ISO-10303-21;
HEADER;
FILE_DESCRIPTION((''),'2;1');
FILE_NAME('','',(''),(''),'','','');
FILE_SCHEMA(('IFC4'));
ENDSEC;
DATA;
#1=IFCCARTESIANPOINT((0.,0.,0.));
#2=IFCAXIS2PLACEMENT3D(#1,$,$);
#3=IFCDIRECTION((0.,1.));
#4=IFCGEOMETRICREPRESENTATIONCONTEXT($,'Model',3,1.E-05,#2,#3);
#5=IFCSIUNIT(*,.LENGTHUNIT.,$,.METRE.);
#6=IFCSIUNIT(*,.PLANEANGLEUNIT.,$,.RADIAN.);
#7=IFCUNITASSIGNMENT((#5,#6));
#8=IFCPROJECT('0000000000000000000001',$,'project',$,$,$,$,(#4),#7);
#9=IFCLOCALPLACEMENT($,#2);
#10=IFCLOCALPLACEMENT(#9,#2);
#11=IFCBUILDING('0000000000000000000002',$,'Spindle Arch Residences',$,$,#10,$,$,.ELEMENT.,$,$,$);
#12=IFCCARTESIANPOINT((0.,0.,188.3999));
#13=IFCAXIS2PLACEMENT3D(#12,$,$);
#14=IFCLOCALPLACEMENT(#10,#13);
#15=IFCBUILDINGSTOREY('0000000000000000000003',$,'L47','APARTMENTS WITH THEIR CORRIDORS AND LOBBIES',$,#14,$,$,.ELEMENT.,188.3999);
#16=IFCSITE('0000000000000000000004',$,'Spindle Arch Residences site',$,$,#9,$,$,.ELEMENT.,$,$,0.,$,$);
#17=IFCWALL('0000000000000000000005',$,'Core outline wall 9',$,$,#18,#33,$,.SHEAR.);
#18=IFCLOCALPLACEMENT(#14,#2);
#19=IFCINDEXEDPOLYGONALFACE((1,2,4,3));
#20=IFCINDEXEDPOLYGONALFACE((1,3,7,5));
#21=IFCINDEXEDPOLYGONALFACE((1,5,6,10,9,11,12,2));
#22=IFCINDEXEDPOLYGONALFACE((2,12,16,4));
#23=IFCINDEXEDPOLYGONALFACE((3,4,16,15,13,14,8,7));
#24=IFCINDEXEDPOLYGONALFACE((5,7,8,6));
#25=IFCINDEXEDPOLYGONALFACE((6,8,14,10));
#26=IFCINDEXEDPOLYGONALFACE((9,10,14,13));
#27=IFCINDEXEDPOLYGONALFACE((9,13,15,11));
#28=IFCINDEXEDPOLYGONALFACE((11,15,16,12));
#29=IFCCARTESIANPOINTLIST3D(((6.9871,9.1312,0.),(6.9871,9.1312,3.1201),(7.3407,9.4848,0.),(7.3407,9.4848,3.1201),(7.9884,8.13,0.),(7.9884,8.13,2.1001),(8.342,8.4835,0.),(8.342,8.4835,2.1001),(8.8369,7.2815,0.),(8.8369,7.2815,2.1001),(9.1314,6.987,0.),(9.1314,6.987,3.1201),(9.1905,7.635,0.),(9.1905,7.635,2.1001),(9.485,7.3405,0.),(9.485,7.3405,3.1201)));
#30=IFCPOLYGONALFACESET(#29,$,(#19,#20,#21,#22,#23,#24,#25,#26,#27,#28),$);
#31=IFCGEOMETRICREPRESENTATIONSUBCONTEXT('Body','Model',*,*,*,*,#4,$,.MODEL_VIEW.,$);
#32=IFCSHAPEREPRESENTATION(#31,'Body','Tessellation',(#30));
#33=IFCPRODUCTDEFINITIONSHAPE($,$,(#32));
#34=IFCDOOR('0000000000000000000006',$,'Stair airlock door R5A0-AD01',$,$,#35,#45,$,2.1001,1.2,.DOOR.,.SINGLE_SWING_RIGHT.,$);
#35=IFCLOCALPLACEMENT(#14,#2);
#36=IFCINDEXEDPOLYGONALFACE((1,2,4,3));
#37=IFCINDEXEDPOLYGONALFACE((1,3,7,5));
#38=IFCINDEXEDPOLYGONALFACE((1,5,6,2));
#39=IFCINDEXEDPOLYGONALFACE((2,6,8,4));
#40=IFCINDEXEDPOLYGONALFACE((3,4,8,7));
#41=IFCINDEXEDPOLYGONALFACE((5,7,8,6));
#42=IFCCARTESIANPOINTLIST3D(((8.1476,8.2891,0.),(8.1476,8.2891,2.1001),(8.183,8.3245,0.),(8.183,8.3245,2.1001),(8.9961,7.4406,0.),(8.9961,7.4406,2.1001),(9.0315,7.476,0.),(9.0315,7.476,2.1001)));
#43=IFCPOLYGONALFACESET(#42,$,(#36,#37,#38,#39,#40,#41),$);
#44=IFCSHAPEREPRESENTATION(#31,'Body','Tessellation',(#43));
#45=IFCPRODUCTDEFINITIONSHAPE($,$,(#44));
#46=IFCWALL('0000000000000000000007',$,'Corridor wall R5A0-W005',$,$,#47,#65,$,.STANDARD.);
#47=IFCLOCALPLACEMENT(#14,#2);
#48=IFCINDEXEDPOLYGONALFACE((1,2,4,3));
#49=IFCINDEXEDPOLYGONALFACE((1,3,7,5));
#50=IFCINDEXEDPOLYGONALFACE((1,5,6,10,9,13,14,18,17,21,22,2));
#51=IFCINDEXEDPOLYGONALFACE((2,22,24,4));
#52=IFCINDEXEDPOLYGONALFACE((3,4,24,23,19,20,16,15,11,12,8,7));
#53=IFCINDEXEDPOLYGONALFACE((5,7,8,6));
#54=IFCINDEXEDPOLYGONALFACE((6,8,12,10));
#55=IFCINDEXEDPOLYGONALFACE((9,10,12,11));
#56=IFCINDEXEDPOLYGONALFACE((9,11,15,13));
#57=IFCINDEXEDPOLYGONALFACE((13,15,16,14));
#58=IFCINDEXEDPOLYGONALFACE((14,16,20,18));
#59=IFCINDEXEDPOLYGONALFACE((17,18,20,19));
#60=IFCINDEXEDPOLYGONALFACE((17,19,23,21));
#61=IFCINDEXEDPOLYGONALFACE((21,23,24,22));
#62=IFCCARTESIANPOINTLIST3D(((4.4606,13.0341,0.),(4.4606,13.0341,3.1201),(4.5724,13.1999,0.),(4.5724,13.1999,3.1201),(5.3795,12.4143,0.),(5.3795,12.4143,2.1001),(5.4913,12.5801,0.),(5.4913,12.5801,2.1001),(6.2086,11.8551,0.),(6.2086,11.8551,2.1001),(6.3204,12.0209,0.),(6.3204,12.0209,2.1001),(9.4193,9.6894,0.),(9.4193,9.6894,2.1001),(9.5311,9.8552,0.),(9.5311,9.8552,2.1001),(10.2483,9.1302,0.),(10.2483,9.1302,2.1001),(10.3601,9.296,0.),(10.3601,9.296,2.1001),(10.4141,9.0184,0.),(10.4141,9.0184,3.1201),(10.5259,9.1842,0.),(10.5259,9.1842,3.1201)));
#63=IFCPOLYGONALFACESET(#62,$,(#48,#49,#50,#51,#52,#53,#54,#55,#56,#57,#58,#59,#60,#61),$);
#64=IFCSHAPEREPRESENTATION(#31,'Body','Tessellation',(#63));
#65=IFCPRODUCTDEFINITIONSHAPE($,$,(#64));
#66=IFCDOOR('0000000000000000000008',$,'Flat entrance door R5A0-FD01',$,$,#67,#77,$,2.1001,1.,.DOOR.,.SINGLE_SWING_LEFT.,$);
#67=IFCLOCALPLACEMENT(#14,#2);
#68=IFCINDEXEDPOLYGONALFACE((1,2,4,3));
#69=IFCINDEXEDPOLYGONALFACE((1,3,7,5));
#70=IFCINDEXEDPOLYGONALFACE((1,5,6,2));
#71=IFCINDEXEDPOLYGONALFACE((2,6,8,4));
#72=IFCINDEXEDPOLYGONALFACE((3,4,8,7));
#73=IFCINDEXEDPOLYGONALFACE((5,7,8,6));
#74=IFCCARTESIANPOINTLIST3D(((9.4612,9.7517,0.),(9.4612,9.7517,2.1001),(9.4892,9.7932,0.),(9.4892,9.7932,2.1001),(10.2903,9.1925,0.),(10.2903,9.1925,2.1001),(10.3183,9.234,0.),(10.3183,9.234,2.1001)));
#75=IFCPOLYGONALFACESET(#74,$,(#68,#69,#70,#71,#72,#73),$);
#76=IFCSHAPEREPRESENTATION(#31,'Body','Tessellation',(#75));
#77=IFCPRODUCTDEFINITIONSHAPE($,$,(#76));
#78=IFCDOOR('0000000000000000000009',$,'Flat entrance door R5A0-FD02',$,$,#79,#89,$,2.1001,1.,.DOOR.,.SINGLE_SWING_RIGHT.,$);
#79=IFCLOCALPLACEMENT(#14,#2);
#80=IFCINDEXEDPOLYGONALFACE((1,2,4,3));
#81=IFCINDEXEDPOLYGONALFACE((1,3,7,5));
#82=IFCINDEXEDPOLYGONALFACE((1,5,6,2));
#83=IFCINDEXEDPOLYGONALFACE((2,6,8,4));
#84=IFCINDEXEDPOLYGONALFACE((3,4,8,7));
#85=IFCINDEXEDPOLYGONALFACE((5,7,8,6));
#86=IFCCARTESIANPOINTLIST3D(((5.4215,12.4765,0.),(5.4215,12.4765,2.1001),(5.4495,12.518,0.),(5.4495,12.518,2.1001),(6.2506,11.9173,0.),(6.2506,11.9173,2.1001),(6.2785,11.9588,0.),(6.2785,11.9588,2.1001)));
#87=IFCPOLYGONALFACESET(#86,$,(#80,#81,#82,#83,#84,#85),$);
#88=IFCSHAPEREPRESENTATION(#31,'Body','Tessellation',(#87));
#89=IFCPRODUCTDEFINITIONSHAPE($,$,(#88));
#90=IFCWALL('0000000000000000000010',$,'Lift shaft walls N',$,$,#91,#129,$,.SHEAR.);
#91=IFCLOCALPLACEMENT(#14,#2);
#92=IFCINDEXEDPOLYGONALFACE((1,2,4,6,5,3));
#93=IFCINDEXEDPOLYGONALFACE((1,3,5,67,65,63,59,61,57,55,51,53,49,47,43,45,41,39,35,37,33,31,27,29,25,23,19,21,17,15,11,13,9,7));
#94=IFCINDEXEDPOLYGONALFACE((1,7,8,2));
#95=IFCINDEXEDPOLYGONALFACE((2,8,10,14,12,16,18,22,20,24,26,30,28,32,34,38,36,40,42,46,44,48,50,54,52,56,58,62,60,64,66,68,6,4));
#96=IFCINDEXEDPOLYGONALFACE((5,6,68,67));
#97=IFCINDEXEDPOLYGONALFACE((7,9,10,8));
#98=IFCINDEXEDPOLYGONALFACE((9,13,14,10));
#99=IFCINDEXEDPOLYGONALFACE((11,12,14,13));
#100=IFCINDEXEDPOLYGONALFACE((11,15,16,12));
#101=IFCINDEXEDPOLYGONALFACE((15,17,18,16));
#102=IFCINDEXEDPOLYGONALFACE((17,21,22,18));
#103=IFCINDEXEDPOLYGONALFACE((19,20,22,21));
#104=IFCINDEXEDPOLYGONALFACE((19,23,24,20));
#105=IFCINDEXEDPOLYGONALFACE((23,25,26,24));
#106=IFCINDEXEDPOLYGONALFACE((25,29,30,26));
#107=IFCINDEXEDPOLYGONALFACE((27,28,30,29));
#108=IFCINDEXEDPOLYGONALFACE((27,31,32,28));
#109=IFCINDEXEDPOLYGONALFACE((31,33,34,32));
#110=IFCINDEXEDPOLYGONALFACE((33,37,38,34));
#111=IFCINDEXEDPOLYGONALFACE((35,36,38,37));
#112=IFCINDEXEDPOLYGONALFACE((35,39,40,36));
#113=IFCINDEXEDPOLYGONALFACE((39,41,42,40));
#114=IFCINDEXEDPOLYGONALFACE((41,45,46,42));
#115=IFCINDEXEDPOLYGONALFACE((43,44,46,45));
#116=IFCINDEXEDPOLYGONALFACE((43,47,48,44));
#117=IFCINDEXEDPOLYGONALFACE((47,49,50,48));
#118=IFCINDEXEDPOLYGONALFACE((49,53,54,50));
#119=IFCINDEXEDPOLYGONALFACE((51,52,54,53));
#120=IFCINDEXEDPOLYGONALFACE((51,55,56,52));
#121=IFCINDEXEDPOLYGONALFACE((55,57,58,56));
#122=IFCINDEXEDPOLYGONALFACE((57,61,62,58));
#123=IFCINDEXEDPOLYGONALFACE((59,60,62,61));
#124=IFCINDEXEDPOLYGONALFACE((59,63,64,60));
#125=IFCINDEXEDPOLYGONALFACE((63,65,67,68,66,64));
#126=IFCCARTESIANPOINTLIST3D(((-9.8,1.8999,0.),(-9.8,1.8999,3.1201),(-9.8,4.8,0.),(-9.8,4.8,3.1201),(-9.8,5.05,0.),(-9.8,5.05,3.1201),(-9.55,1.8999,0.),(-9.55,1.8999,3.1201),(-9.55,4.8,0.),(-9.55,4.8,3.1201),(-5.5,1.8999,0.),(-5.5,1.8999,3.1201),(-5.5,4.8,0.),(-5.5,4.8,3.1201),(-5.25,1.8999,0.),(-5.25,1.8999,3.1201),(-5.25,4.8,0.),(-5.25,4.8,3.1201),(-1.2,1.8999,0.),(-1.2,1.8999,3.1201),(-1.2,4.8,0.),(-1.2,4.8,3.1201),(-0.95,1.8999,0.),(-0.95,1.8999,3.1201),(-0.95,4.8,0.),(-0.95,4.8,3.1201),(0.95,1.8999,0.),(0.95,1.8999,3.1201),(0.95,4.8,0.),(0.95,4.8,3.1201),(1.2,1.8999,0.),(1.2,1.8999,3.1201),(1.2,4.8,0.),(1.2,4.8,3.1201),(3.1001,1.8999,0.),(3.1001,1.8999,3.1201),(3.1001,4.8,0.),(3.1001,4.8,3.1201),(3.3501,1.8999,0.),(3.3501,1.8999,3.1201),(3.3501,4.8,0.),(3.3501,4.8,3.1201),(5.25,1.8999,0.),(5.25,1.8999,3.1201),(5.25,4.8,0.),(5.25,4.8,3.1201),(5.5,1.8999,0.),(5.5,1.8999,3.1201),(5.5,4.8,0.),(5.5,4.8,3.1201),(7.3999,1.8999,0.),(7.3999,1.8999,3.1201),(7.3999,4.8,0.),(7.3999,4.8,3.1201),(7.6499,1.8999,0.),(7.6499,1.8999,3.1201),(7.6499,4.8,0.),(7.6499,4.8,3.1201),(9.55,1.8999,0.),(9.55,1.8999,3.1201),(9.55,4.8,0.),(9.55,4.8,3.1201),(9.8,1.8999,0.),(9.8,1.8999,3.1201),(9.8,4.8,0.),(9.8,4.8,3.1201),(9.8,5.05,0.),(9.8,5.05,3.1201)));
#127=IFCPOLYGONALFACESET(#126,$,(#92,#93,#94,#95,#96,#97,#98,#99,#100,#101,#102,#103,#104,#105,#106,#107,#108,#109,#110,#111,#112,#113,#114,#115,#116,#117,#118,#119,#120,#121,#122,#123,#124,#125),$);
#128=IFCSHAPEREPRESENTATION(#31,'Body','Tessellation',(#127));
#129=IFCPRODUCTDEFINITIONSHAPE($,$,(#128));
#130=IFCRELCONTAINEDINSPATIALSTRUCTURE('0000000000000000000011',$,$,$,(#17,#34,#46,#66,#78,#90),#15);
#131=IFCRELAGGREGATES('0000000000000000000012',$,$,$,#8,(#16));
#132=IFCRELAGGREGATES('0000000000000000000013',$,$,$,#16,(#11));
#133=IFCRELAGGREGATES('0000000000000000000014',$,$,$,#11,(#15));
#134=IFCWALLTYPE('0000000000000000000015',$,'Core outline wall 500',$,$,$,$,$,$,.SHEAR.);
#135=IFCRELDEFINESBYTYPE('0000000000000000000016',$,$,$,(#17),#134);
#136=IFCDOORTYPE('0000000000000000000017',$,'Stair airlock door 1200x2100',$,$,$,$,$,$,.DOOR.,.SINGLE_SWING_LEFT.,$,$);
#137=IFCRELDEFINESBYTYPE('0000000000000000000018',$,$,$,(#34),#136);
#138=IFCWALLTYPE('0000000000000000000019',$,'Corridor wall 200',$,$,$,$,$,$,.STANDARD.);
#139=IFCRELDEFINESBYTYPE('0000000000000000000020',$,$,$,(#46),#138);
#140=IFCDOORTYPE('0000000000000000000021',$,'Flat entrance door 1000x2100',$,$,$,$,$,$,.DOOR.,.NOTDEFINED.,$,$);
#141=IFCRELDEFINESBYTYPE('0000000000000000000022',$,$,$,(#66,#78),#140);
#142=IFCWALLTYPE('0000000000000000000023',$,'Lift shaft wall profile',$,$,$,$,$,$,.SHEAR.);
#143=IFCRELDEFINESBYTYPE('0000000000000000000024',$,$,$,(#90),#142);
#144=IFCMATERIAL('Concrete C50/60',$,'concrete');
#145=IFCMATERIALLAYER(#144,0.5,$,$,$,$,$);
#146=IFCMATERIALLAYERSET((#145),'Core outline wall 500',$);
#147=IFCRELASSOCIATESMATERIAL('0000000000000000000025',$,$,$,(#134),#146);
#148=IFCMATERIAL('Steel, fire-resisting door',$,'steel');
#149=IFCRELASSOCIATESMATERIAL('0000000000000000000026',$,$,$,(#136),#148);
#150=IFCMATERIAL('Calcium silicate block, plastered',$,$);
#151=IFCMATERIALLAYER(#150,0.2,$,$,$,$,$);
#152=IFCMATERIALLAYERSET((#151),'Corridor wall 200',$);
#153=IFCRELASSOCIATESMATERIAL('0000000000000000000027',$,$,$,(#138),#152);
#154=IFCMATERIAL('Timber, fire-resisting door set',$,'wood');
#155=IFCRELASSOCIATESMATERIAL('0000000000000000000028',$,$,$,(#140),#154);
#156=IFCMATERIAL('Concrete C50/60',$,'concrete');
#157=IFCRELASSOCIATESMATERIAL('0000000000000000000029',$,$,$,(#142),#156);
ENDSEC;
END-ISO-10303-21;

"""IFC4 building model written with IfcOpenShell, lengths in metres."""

from ifc_helpers import new_model, si_unit, direction, frame, frame_2d, origin, place, context, subcontext, project, spatial, polyline, rectangle, outline, extrude, material, layer, layer_set, type_object, element, fill, save


model = new_model("IFC4")

# Units and contexts
model_context = context("Model", 3, precision=1e-05, world=origin(), true_north=direction((0.0, 1.0)))
body_context = subcontext(model_context, "Body", "Model", "MODEL_VIEW")
ifc_project = project(units=[si_unit("LENGTHUNIT", "METRE"), si_unit("PLANEANGLEUNIT", "RADIAN")], contexts=[model_context])

# Site, building, storey
site_placement = place(None, origin())
site = spatial("IfcSite", under=ifc_project, at=site_placement, Name="Spindle Arch Residences site", CompositionType="ELEMENT", RefElevation=0.0)
building_placement = place(site_placement, origin())
building = spatial("IfcBuilding", under=site, at=building_placement, Name="Spindle Arch Residences", CompositionType="ELEMENT")
storey_placement = place(building_placement, frame((0.0, 0.0, 188.3999)))
storey = spatial("IfcBuildingStorey", under=building, at=storey_placement, Name="L47", Description="APARTMENTS WITH THEIR CORRIDORS AND LOBBIES", CompositionType="ELEMENT", Elevation=188.3999)

# Wall, opening, door
ifc_material_1 = material(Name="Concrete C50/60", Category="concrete")
ifc_layer_1 = layer(ifc_material_1, 0.5)
ifc_layer_set_1 = layer_set([ifc_layer_1], Name="Core outline wall 500")
wall_type_1 = type_object("IfcWallType", Name="Core outline wall 500", PredefinedType="SHEAR", material=ifc_layer_set_1)
wall_1_placement = place(storey_placement, frame((9.3081, 7.1638, 0.0), z_axis=(0.0, 0.0, 1.0), x_axis=(-0.707107, 0.707107, 0.0)))
wall_1 = element("IfcWall", 1, at=wall_1_placement, inside=storey, type_object=wall_type_1, Name="Core outline wall 9", PredefinedType="SHEAR", context=body_context, shape_type="SweptSolid", body=[
    extrude(rectangle(XDim=3.0325, YDim=0.5, at=frame_2d((1.5161, 0.0))), origin(), (0.0, 0.0, 1.0), 3.1201),
])
opening_1_placement = place(wall_1_placement, frame((0.4163, 0.0, 0.0)))
opening_1 = element("IfcOpeningElement", 2, at=opening_1_placement, cuts=wall_1, PredefinedType="OPENING", context=body_context, shape_type="SweptSolid", body=[
    extrude(rectangle(XDim=1.2, YDim=2.1001, at=frame_2d((0.6001, 1.05))), frame((0.0, 0.26, 0.0), z_axis=(0.0, -1.0, 0.0), x_axis=(1.0, 0.0, 0.0)), (0.0, 0.0, 1.0), 0.52),
])
ifc_material_2 = material(Name="Steel, fire-resisting door", Category="steel")
door_type_1 = type_object("IfcDoorType", Name="Stair airlock door 1200x2100", OperationType="SINGLE_SWING_LEFT", PredefinedType="DOOR", material=ifc_material_2)
door_1_placement = place(opening_1_placement, origin())
door_1 = element("IfcDoor", 3, at=door_1_placement, inside=storey, type_object=door_type_1, Name="Stair airlock door R5A0-AD01", OperationType="SINGLE_SWING_RIGHT", OverallHeight=2.1001, OverallWidth=1.2, PredefinedType="DOOR", context=body_context, shape_type="SweptSolid", body=[
    extrude(rectangle(XDim=1.2, YDim=2.1001, at=frame_2d((0.6001, 1.05))), frame((0.0, 0.0249, 0.0), z_axis=(0.0, -1.0, 0.0), x_axis=(1.0, 0.0, 0.0)), (0.0, 0.0, 1.0), 0.05),
])
fill(opening_1, door_1)

# Wall, openings, doors
ifc_material_3 = material(Name="Calcium silicate block, plastered")
ifc_layer_2 = layer(ifc_material_3, 0.2)
ifc_layer_set_2 = layer_set([ifc_layer_2], Name="Corridor wall 200")
wall_type_2 = type_object("IfcWallType", Name="Corridor wall 200", PredefinedType="STANDARD", material=ifc_layer_set_2)
wall_2_placement = place(storey_placement, frame((10.47, 9.1013, 0.0), z_axis=(0.0, 0.0, 1.0), x_axis=(-0.829036, 0.559195, 0.0)))
wall_2 = element("IfcWall", 4, at=wall_2_placement, inside=storey, type_object=wall_type_2, Name="Corridor wall R5A0-W005", PredefinedType="STANDARD", context=body_context, shape_type="SweptSolid", body=[
    extrude(rectangle(XDim=7.1812, YDim=0.2, at=frame_2d((3.5906, 0.0))), origin(), (0.0, 0.0, 1.0), 3.1201),
])
opening_2_placement = place(wall_2_placement, frame((0.2, 0.0, 0.0)))
opening_2 = element("IfcOpeningElement", 5, at=opening_2_placement, cuts=wall_2, PredefinedType="OPENING", context=body_context, shape_type="SweptSolid", body=[
    extrude(rectangle(XDim=1.0, YDim=2.1001, at=frame_2d((0.5, 1.05))), frame((0.0, 0.1099, 0.0), z_axis=(0.0, -1.0, 0.0), x_axis=(1.0, 0.0, 0.0)), (0.0, 0.0, 1.0), 0.22),
])
opening_3_placement = place(wall_2_placement, frame((5.0728, 0.0, 0.0)))
opening_3 = element("IfcOpeningElement", 6, at=opening_3_placement, cuts=wall_2, PredefinedType="OPENING", context=body_context, shape_type="SweptSolid", body=[
    extrude(rectangle(XDim=1.0, YDim=2.1001, at=frame_2d((0.5, 1.05))), frame((0.0, 0.1099, 0.0), z_axis=(0.0, -1.0, 0.0), x_axis=(1.0, 0.0, 0.0)), (0.0, 0.0, 1.0), 0.22),
])
ifc_material_4 = material(Name="Timber, fire-resisting door set", Category="wood")
door_type_2 = type_object("IfcDoorType", Name="Flat entrance door 1000x2100", OperationType="NOTDEFINED", PredefinedType="DOOR", material=ifc_material_4)
door_2_placement = place(opening_2_placement, origin())
door_2 = element("IfcDoor", 7, at=door_2_placement, inside=storey, type_object=door_type_2, Name="Flat entrance door R5A0-FD01", OperationType="SINGLE_SWING_LEFT", OverallHeight=2.1001, OverallWidth=1.0, PredefinedType="DOOR", context=body_context, shape_type="SweptSolid", body=[
    extrude(rectangle(XDim=1.0, YDim=2.1001, at=frame_2d((0.5, 1.05))), frame((0.0, 0.0249, 0.0), z_axis=(0.0, -1.0, 0.0), x_axis=(1.0, 0.0, 0.0)), (0.0, 0.0, 1.0), 0.05),
])
fill(opening_2, door_2)
door_3_placement = place(opening_3_placement, origin())
door_3 = element("IfcDoor", 8, at=door_3_placement, inside=storey, type_object=door_type_2, Name="Flat entrance door R5A0-FD02", OperationType="SINGLE_SWING_RIGHT", OverallHeight=2.1001, OverallWidth=1.0, PredefinedType="DOOR", context=body_context, shape_type="SweptSolid", body=[
    extrude(rectangle(XDim=1.0, YDim=2.1001, at=frame_2d((0.5, 1.05))), frame((0.0, 0.0249, 0.0), z_axis=(0.0, -1.0, 0.0), x_axis=(1.0, 0.0, 0.0)), (0.0, 0.0, 1.0), 0.05),
])
fill(opening_3, door_3)

# Wall
ifc_material_5 = material(Name="Concrete C50/60", Category="concrete")
wall_type_3 = type_object("IfcWallType", Name="Lift shaft wall profile", PredefinedType="SHEAR", material=ifc_material_5)
wall_3_placement = place(storey_placement, origin())
element("IfcWall", 9, at=wall_3_placement, inside=storey, type_object=wall_type_3, Name="Lift shaft walls N", PredefinedType="SHEAR", context=body_context, shape_type="SweptSolid", body=[
    extrude(outline(polyline([(-9.55, 4.8), (-5.5, 4.8), (-5.5, 1.8999), (-5.25, 1.8999), (-5.25, 4.8), (-1.2, 4.8), (-1.2, 1.8999), (-0.95, 1.8999), (-0.95, 4.8), (0.95, 4.8), (0.95, 1.8999), (1.2, 1.8999), (1.2, 4.8), (3.1001, 4.8), (3.1001, 1.8999), (3.3501, 1.8999), (3.3501, 4.8), (5.25, 4.8), (5.25, 1.8999), (5.5, 1.8999), (5.5, 4.8), (7.3999, 4.8), (7.3999, 1.8999), (7.6499, 1.8999), (7.6499, 4.8), (9.55, 4.8), (9.55, 1.8999), (9.8, 1.8999), (9.8, 4.8), (9.8, 5.05), (-9.8, 5.05), (-9.8, 4.8), (-9.8, 1.8999), (-9.55, 1.8999), (-9.55, 4.8)])), origin(), (0.0, 0.0, 1.0), 3.1201),
])

save(model, "model.ifc")
